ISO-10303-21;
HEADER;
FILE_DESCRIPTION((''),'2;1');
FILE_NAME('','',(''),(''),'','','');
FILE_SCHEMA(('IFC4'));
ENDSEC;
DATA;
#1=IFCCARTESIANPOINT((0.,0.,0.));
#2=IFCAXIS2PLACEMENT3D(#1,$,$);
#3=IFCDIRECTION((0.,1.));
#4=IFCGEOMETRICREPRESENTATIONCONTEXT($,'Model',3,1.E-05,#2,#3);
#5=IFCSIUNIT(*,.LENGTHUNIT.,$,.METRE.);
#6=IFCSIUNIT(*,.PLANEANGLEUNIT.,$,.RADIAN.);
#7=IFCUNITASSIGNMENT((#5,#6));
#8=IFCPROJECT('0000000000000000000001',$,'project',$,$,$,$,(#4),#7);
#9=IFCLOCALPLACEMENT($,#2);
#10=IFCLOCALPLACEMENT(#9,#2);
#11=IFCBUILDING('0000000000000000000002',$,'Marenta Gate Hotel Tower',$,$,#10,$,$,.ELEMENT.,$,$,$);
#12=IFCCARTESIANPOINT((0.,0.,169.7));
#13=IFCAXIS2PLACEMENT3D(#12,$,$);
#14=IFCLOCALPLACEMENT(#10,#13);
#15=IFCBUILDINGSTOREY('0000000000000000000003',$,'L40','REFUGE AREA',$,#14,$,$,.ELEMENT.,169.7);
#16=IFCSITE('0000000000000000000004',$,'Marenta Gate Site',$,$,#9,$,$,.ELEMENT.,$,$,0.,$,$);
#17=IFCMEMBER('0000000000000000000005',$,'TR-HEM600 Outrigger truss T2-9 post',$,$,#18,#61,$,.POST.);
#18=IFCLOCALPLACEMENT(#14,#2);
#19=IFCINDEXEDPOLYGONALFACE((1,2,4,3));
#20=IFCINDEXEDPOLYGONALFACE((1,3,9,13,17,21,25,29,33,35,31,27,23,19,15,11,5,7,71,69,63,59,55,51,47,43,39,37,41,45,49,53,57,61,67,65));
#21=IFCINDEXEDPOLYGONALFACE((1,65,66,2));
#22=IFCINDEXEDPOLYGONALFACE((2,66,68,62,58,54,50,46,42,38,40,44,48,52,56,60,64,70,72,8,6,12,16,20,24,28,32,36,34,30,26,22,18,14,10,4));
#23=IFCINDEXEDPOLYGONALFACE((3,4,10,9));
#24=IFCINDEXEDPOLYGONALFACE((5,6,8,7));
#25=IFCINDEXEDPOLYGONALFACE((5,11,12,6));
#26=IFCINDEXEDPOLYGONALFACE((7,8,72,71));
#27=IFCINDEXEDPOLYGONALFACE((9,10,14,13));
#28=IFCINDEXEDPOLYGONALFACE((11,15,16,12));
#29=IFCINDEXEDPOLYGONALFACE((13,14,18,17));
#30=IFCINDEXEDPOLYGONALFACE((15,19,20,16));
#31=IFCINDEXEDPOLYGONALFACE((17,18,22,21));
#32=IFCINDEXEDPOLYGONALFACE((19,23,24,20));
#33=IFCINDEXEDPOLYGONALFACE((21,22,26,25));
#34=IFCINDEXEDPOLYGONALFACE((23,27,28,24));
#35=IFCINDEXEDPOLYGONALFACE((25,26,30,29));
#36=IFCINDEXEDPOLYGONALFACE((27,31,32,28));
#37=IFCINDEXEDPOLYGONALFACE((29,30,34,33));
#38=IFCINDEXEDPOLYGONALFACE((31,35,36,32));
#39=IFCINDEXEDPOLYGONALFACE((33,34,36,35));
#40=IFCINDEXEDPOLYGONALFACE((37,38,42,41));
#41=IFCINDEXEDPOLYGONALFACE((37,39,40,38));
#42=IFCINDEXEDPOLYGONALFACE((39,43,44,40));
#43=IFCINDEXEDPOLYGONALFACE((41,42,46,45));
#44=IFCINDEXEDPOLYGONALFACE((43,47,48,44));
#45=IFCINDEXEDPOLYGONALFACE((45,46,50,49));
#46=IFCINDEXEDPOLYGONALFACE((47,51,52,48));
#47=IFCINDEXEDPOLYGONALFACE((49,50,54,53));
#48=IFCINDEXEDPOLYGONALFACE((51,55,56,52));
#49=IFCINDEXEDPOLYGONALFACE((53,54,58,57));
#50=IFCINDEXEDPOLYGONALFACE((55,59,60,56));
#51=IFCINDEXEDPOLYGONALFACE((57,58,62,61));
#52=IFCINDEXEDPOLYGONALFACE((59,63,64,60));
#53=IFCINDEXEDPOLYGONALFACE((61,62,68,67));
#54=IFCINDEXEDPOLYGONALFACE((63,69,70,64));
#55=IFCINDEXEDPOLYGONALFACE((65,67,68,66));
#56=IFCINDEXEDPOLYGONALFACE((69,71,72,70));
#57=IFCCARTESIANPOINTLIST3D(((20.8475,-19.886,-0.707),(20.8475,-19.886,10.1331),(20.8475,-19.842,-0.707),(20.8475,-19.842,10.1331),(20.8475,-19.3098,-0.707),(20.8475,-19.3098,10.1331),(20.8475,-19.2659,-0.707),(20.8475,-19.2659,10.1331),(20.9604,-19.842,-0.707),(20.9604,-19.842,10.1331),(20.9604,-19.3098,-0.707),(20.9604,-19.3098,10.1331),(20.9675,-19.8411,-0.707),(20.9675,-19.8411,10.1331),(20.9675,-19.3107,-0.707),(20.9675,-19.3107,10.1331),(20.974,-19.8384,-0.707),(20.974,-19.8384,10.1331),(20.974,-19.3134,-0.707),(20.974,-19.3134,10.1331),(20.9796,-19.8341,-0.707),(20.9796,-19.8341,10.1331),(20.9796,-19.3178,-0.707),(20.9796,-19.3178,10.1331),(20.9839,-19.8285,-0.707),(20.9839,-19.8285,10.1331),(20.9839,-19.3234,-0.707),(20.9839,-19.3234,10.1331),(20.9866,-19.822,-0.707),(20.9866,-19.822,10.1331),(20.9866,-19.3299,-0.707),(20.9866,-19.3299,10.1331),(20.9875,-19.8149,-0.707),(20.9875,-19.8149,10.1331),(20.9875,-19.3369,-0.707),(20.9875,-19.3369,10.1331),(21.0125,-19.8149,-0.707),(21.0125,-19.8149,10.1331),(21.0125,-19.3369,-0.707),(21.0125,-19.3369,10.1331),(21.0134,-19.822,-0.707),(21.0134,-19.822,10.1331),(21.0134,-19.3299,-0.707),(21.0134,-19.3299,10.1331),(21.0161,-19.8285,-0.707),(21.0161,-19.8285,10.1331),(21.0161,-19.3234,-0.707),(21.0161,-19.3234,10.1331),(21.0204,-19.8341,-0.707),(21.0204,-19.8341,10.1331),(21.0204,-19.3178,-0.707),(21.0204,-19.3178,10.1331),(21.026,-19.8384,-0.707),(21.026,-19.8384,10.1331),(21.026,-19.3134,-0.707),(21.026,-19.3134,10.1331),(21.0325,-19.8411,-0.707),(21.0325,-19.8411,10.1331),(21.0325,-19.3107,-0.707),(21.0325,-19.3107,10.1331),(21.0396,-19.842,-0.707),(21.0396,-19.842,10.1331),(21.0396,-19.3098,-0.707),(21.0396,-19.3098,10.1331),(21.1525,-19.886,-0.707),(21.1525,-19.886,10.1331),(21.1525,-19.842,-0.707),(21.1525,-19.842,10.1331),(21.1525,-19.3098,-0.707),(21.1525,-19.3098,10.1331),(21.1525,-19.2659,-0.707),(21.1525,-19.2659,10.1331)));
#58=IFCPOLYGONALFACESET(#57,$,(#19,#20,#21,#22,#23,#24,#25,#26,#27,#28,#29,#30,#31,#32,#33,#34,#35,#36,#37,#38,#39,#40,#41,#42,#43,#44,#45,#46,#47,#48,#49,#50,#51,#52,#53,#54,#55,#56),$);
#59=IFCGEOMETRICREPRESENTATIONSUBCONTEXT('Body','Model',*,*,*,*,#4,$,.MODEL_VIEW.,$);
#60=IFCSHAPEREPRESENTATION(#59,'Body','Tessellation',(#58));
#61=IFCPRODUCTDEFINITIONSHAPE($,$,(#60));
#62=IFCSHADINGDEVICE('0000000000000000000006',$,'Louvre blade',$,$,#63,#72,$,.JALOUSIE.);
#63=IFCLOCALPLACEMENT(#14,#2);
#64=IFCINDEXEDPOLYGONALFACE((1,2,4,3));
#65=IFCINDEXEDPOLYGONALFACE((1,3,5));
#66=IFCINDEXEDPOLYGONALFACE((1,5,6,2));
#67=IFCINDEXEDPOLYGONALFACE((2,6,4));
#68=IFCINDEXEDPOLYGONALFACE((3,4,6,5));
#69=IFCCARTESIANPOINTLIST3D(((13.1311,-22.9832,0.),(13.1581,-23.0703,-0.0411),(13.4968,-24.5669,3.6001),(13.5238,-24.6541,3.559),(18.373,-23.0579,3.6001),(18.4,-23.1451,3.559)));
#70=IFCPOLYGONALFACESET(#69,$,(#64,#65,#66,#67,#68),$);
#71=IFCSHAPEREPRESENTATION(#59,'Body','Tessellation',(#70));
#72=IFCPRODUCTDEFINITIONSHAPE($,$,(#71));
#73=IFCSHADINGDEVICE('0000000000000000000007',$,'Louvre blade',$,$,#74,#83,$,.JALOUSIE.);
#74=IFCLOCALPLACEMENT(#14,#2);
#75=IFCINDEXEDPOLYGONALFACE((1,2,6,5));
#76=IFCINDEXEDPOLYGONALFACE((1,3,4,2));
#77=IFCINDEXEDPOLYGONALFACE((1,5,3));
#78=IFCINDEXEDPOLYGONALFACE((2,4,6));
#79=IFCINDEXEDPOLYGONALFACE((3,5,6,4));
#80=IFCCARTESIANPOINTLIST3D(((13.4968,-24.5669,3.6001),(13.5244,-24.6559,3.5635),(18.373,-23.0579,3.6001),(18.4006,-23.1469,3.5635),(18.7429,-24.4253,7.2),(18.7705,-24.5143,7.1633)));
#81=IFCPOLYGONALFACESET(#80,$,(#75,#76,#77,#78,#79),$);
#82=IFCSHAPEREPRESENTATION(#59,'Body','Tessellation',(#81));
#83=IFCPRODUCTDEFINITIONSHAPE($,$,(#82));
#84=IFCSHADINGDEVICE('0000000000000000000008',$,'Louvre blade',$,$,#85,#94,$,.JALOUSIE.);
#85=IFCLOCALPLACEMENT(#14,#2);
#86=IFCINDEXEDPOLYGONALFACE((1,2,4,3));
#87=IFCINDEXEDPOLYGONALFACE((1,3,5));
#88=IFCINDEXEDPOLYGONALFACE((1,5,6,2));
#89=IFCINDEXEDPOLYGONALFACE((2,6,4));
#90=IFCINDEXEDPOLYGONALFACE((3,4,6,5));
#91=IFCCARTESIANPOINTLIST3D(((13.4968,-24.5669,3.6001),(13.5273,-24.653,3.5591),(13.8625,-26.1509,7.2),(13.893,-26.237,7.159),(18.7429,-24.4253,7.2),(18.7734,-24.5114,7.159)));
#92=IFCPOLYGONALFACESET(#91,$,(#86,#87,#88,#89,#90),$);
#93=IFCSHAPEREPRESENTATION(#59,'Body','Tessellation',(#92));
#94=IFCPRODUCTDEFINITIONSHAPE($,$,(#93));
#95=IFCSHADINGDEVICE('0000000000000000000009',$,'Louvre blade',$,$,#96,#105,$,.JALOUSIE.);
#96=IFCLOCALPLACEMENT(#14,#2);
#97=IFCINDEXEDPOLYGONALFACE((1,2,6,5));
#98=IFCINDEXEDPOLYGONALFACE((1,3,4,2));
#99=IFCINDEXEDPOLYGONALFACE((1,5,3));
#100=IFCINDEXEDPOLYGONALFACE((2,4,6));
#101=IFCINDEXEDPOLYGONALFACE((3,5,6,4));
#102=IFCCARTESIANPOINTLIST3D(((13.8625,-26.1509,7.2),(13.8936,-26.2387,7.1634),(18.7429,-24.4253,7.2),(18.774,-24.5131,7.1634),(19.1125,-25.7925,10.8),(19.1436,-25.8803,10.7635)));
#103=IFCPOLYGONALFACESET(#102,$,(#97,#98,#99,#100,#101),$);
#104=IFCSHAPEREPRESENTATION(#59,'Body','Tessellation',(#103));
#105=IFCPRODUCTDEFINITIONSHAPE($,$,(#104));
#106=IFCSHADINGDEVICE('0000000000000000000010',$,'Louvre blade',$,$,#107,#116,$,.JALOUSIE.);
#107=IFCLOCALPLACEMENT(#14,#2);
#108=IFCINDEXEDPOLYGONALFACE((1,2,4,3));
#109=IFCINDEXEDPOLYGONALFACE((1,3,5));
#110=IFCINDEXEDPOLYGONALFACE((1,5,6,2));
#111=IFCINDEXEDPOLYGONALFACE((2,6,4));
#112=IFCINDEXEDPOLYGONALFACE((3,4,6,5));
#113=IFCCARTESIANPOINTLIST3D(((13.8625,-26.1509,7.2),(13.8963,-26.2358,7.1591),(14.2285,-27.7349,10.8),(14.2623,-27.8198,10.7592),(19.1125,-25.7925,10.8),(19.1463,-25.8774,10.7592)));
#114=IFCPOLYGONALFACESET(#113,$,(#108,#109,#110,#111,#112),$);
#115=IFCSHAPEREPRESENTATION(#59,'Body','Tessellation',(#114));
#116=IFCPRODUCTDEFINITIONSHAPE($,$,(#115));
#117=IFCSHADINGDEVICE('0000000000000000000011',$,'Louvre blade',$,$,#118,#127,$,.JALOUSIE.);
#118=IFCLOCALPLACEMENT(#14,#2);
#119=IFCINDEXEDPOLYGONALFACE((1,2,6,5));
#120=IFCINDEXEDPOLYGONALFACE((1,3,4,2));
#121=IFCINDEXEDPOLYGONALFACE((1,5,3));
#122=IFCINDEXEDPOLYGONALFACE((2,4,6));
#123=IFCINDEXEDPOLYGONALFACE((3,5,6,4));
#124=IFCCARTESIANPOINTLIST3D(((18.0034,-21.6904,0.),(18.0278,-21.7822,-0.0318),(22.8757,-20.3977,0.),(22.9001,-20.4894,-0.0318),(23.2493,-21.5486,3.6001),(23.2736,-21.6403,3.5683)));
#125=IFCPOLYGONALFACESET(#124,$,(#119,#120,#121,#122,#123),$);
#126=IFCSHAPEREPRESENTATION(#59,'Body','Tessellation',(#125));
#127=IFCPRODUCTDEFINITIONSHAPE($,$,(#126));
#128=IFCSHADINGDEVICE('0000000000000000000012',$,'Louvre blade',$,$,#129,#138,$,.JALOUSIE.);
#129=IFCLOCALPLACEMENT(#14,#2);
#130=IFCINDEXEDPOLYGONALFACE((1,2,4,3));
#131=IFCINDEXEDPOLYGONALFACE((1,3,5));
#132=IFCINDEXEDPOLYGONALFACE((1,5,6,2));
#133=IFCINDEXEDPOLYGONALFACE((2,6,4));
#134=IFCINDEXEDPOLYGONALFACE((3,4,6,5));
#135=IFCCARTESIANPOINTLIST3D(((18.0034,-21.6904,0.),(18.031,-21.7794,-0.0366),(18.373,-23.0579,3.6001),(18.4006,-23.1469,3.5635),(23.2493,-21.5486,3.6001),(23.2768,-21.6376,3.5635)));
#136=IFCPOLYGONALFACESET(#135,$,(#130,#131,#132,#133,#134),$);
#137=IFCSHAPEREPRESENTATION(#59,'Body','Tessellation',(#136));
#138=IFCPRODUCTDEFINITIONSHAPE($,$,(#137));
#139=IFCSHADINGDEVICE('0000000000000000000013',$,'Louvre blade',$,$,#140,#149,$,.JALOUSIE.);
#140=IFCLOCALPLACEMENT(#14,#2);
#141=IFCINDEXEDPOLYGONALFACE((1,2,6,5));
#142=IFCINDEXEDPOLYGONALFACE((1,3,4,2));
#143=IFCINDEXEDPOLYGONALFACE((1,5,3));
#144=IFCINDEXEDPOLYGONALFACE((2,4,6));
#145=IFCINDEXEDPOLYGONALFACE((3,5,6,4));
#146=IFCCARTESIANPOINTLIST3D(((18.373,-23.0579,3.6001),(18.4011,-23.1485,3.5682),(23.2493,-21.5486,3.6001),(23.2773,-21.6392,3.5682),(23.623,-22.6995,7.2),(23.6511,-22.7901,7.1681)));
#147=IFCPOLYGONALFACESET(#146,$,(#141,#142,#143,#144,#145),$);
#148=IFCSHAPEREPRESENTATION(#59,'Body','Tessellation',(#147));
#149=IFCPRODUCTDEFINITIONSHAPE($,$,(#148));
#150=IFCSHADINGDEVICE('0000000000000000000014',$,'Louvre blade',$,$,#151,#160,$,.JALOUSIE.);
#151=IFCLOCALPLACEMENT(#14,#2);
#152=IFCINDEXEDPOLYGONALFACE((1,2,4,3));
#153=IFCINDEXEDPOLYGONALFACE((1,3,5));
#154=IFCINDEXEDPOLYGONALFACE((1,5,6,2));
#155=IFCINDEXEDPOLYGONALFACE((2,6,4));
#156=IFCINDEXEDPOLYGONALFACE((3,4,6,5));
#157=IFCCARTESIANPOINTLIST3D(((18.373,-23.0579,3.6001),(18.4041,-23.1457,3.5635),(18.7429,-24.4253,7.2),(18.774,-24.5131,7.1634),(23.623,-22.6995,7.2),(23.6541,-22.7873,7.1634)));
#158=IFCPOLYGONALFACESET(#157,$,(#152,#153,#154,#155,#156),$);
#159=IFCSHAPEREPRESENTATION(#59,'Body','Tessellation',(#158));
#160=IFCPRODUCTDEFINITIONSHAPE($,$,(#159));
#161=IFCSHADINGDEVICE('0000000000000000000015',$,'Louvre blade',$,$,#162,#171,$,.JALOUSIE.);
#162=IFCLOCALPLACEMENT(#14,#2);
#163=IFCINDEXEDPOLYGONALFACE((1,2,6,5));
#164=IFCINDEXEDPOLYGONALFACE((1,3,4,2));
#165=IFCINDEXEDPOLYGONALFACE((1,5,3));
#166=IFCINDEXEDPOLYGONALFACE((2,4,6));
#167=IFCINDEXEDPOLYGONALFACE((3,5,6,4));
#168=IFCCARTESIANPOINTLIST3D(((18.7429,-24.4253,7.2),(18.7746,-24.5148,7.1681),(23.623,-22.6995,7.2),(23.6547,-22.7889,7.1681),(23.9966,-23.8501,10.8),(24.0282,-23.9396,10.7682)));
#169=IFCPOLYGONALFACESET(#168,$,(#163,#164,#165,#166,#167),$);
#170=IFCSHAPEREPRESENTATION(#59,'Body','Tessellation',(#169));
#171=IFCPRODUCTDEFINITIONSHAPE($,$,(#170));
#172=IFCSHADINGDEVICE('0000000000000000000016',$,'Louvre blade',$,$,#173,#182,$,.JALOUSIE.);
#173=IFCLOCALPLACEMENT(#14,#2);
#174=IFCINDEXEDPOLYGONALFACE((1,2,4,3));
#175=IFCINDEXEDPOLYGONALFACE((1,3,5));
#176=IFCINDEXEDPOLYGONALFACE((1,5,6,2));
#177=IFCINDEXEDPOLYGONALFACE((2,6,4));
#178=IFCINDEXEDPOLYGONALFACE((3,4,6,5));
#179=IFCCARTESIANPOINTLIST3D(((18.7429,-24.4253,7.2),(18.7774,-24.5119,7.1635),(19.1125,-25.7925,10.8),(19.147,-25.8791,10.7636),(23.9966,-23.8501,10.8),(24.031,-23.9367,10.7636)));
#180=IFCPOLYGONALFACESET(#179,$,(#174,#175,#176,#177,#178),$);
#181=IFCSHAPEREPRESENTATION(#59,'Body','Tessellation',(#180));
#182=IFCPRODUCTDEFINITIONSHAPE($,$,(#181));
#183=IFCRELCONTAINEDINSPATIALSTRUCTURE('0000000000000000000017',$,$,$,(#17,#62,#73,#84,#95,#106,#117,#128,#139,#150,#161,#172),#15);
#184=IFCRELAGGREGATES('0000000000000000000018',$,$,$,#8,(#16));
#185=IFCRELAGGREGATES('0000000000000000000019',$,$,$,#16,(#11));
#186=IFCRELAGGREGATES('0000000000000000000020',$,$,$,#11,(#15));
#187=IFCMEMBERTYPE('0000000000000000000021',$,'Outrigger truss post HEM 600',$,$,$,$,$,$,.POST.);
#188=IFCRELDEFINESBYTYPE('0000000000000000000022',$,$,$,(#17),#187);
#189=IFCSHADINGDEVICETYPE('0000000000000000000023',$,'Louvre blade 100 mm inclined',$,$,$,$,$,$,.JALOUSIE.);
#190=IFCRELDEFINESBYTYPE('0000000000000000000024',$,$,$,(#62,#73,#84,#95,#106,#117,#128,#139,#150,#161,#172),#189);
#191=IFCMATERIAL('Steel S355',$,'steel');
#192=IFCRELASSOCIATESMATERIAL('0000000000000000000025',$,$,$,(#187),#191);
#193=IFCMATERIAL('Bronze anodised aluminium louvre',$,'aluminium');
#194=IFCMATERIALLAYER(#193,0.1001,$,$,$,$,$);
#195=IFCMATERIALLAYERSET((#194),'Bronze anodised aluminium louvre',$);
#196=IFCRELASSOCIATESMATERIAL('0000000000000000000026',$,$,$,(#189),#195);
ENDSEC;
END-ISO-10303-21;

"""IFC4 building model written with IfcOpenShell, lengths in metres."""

from ifc_helpers import new_model, si_unit, direction, frame, origin, origin_2d, place, context, subcontext, project, spatial, polyline, i_section, outline, extrude, material, layer, layer_set, material_profile, profile_set, type_object, element, save


model = new_model("IFC4")

# Units and contexts
model_context = context("Model", 3, precision=1e-05, world=origin(), true_north=direction((0.0, 1.0)))
body_context = subcontext(model_context, "Body", "Model", "MODEL_VIEW")
ifc_project = project(units=[si_unit("LENGTHUNIT", "METRE"), si_unit("PLANEANGLEUNIT", "RADIAN")], contexts=[model_context])

# Site, building, storey
site_placement = place(None, origin())
site = spatial("IfcSite", under=ifc_project, at=site_placement, Name="Marenta Gate Site", CompositionType="ELEMENT", RefElevation=0.0)
building_placement = place(site_placement, origin())
building = spatial("IfcBuilding", under=site, at=building_placement, Name="Marenta Gate Hotel Tower", CompositionType="ELEMENT")
storey_placement = place(building_placement, frame((0.0, 0.0, 169.7)))
storey = spatial("IfcBuildingStorey", under=building, at=storey_placement, Name="L40", Description="REFUGE AREA", CompositionType="ELEMENT", Elevation=169.7)

# Member
ifc_material_1 = material(Name="Steel S355", Category="steel")
ifc_material_profile_1 = material_profile(ifc_material_1, i_section(OverallWidth=0.3049, OverallDepth=0.6201, WebThickness=0.0249, FlangeThickness=0.0439, FilletRadius=0.0271, at=origin_2d()), Name="HEM 600")
ifc_profile_set_1 = profile_set([ifc_material_profile_1], Name="Steel S355")
member_type_1 = type_object("IfcMemberType", Name="Outrigger truss post HEM 600", PredefinedType="POST", material=ifc_profile_set_1)
member_1_placement = place(storey_placement, frame((21.0, -19.5759, -0.707), z_axis=(0.0, 0.0, 1.0), x_axis=(1.0, 0.0, 0.0)))
element("IfcMember", 1, at=member_1_placement, inside=storey, type_object=member_type_1, Name="TR-HEM600 Outrigger truss T2-9 post", PredefinedType="POST", context=body_context, shape_type="SweptSolid", body=[
    extrude(i_section(OverallWidth=0.3049, OverallDepth=0.6201, WebThickness=0.0249, FlangeThickness=0.0439, FilletRadius=0.0271, at=origin_2d()), origin(), (0.0, 0.0, 1.0), 10.8401),
])

# Shading devices
ifc_material_2 = material(Name="Bronze anodised aluminium louvre", Category="aluminium")
ifc_layer_1 = layer(ifc_material_2, 0.1001)
ifc_layer_set_1 = layer_set([ifc_layer_1], Name="Bronze anodised aluminium louvre")
shading_device_type = type_object("IfcShadingDeviceType", Name="Louvre blade 100 mm inclined", PredefinedType="JALOUSIE", material=ifc_layer_set_1)
shading_device_1_placement = place(storey_placement, frame((13.1311, -22.9832, 0.0), z_axis=(-0.269567, 0.871067, 0.410581), x_axis=(0.824259, -0.011747, 0.56609)))
element("IfcShadingDevice", 2, at=shading_device_1_placement, inside=storey, type_object=shading_device_type, Name="Louvre blade", PredefinedType="JALOUSIE", context=body_context, shape_type="SweptSolid", body=[
    extrude(outline(polyline([(0.0, 0.0), (6.3596, 0.0), (2.358, -3.169), (0.0, 0.0)])), origin(), (0.0, 0.0, -1.0), 0.1001),
])
shading_device_2_placement = place(storey_placement, frame((13.4968, -24.5669, 3.6001), z_axis=(-0.275125, 0.889028, 0.365972), x_axis=(0.955301, 0.295635, 0.0)))
element("IfcShadingDevice", 3, at=shading_device_2_placement, inside=storey, type_object=shading_device_type, Name="Louvre blade", PredefinedType="JALOUSIE", context=body_context, shape_type="SweptSolid", body=[
    extrude(outline(polyline([(0.0, 0.0), (5.1044, 0.0), (5.0535, -3.8682), (0.0, 0.0)])), origin(), (0.0, 0.0, -1.0), 0.1001),
])
shading_device_3_placement = place(storey_placement, frame((13.4968, -24.5669, 3.6001), z_axis=(-0.304138, 0.860176, 0.409387), x_axis=(0.824339, 0.02225, 0.565659)))
element("IfcShadingDevice", 4, at=shading_device_3_placement, inside=storey, type_object=shading_device_type, Name="Louvre blade", PredefinedType="JALOUSIE", context=body_context, shape_type="SweptSolid", body=[
    extrude(outline(polyline([(0.0, 0.0), (6.364, 0.0), (2.3025, -3.2094), (0.0, 0.0)])), origin(), (0.0, 0.0, -1.0), 0.1001),
])
shading_device_4_placement = place(storey_placement, frame((13.8625, -26.1509, 7.2), z_axis=(-0.310331, 0.87769, 0.365177), x_axis=(0.942802, 0.333353, 0.0)))
element("IfcShadingDevice", 5, at=shading_device_4_placement, inside=storey, type_object=shading_device_type, Name="Louvre blade", PredefinedType="JALOUSIE", context=body_context, shape_type="SweptSolid", body=[
    extrude(outline(polyline([(0.0, 0.0), (5.1765, 0.0), (5.0692, -3.8672), (0.0, 0.0)])), origin(), (0.0, 0.0, -1.0), 0.1001),
])
shading_device_5_placement = place(storey_placement, frame((13.8625, -26.1509, 7.2), z_axis=(-0.337451, 0.848506, 0.407632), x_axis=(0.823418, 0.056212, 0.564645)))
element("IfcShadingDevice", 6, at=shading_device_5_placement, inside=storey, type_object=shading_device_type, Name="Louvre blade", PredefinedType="JALOUSIE", context=body_context, shape_type="SweptSolid", body=[
    extrude(outline(polyline([(0.0, 0.0), (6.3759, 0.0), (2.2451, -3.2501), (0.0, 0.0)])), origin(), (0.0, 0.0, -1.0), 0.1001),
])
shading_device_6_placement = place(storey_placement, frame((18.0034, -21.6904, 0.0), z_axis=(-0.243122, 0.916333, 0.318159), x_axis=(0.966558, 0.256448, 0.0)))
element("IfcShadingDevice", 7, at=shading_device_6_placement, inside=storey, type_object=shading_device_type, Name="Louvre blade", PredefinedType="JALOUSIE", context=body_context, shape_type="SweptSolid", body=[
    extrude(outline(polyline([(0.0, 0.0), (5.0409, 0.0), (5.1068, -3.7974), (0.0, 0.0)])), origin(), (0.0, 0.0, -1.0), 0.1001),
])
shading_device_7_placement = place(storey_placement, frame((18.0034, -21.6904, 0.0), z_axis=(-0.275171, 0.88903, 0.365934), x_axis=(0.824308, 0.022289, 0.565702)))
element("IfcShadingDevice", 8, at=shading_device_7_placement, inside=storey, type_object=shading_device_type, Name="Louvre blade", PredefinedType="JALOUSIE", context=body_context, shape_type="SweptSolid", body=[
    extrude(outline(polyline([(0.0, 0.0), (6.3639, 0.0), (2.3108, -3.1028), (0.0, 0.0)])), origin(), (0.0, 0.0, -1.0), 0.1001),
])
shading_device_8_placement = place(storey_placement, frame((18.373, -23.0579, 3.6001), z_axis=(-0.280271, 0.905509, 0.318594), x_axis=(0.955287, 0.295679, 0.0)))
element("IfcShadingDevice", 9, at=shading_device_8_placement, inside=storey, type_object=shading_device_type, Name="Louvre blade", PredefinedType="JALOUSIE", context=body_context, shape_type="SweptSolid", body=[
    extrude(outline(polyline([(0.0, 0.0), (5.1045, 0.0), (5.1212, -3.7977), (0.0, 0.0)])), origin(), (0.0, 0.0, -1.0), 0.1001),
])
shading_device_9_placement = place(storey_placement, frame((18.373, -23.0579, 3.6001), z_axis=(-0.310372, 0.877638, 0.365267), x_axis=(0.823436, 0.056213, 0.564619)))
element("IfcShadingDevice", 10, at=shading_device_9_placement, inside=storey, type_object=shading_device_type, Name="Louvre blade", PredefinedType="JALOUSIE", context=body_context, shape_type="SweptSolid", body=[
    extrude(outline(polyline([(0.0, 0.0), (6.3757, 0.0), (2.2602, -3.1396), (0.0, 0.0)])), origin(), (0.0, 0.0, -1.0), 0.1001),
])
shading_device_10_placement = place(storey_placement, frame((18.7429, -24.4253, 7.2), z_axis=(-0.316054, 0.893706, 0.318432), x_axis=(0.942782, 0.33341, 0.0)))
element("IfcShadingDevice", 11, at=shading_device_10_placement, inside=storey, type_object=shading_device_type, Name="Louvre blade", PredefinedType="JALOUSIE", context=body_context, shape_type="SweptSolid", body=[
    extrude(outline(polyline([(0.0, 0.0), (5.1763, 0.0), (5.1448, -3.7978), (0.0, 0.0)])), origin(), (0.0, 0.0, -1.0), 0.1001),
])
shading_device_11_placement = place(storey_placement, frame((18.7429, -24.4253, 7.2), z_axis=(-0.344195, 0.865463, 0.364011), x_axis=(0.821562, 0.089948, 0.562979)))
element("IfcShadingDevice", 12, at=shading_device_11_placement, inside=storey, type_object=shading_device_type, Name="Louvre blade", PredefinedType="JALOUSIE", context=body_context, shape_type="SweptSolid", body=[
    extrude(outline(polyline([(0.0, 0.0), (6.3947, 0.0), (2.2075, -3.177), (0.0, 0.0)])), origin(), (0.0, 0.0, -1.0), 0.1001),
])

save(model, "model.ifc")
